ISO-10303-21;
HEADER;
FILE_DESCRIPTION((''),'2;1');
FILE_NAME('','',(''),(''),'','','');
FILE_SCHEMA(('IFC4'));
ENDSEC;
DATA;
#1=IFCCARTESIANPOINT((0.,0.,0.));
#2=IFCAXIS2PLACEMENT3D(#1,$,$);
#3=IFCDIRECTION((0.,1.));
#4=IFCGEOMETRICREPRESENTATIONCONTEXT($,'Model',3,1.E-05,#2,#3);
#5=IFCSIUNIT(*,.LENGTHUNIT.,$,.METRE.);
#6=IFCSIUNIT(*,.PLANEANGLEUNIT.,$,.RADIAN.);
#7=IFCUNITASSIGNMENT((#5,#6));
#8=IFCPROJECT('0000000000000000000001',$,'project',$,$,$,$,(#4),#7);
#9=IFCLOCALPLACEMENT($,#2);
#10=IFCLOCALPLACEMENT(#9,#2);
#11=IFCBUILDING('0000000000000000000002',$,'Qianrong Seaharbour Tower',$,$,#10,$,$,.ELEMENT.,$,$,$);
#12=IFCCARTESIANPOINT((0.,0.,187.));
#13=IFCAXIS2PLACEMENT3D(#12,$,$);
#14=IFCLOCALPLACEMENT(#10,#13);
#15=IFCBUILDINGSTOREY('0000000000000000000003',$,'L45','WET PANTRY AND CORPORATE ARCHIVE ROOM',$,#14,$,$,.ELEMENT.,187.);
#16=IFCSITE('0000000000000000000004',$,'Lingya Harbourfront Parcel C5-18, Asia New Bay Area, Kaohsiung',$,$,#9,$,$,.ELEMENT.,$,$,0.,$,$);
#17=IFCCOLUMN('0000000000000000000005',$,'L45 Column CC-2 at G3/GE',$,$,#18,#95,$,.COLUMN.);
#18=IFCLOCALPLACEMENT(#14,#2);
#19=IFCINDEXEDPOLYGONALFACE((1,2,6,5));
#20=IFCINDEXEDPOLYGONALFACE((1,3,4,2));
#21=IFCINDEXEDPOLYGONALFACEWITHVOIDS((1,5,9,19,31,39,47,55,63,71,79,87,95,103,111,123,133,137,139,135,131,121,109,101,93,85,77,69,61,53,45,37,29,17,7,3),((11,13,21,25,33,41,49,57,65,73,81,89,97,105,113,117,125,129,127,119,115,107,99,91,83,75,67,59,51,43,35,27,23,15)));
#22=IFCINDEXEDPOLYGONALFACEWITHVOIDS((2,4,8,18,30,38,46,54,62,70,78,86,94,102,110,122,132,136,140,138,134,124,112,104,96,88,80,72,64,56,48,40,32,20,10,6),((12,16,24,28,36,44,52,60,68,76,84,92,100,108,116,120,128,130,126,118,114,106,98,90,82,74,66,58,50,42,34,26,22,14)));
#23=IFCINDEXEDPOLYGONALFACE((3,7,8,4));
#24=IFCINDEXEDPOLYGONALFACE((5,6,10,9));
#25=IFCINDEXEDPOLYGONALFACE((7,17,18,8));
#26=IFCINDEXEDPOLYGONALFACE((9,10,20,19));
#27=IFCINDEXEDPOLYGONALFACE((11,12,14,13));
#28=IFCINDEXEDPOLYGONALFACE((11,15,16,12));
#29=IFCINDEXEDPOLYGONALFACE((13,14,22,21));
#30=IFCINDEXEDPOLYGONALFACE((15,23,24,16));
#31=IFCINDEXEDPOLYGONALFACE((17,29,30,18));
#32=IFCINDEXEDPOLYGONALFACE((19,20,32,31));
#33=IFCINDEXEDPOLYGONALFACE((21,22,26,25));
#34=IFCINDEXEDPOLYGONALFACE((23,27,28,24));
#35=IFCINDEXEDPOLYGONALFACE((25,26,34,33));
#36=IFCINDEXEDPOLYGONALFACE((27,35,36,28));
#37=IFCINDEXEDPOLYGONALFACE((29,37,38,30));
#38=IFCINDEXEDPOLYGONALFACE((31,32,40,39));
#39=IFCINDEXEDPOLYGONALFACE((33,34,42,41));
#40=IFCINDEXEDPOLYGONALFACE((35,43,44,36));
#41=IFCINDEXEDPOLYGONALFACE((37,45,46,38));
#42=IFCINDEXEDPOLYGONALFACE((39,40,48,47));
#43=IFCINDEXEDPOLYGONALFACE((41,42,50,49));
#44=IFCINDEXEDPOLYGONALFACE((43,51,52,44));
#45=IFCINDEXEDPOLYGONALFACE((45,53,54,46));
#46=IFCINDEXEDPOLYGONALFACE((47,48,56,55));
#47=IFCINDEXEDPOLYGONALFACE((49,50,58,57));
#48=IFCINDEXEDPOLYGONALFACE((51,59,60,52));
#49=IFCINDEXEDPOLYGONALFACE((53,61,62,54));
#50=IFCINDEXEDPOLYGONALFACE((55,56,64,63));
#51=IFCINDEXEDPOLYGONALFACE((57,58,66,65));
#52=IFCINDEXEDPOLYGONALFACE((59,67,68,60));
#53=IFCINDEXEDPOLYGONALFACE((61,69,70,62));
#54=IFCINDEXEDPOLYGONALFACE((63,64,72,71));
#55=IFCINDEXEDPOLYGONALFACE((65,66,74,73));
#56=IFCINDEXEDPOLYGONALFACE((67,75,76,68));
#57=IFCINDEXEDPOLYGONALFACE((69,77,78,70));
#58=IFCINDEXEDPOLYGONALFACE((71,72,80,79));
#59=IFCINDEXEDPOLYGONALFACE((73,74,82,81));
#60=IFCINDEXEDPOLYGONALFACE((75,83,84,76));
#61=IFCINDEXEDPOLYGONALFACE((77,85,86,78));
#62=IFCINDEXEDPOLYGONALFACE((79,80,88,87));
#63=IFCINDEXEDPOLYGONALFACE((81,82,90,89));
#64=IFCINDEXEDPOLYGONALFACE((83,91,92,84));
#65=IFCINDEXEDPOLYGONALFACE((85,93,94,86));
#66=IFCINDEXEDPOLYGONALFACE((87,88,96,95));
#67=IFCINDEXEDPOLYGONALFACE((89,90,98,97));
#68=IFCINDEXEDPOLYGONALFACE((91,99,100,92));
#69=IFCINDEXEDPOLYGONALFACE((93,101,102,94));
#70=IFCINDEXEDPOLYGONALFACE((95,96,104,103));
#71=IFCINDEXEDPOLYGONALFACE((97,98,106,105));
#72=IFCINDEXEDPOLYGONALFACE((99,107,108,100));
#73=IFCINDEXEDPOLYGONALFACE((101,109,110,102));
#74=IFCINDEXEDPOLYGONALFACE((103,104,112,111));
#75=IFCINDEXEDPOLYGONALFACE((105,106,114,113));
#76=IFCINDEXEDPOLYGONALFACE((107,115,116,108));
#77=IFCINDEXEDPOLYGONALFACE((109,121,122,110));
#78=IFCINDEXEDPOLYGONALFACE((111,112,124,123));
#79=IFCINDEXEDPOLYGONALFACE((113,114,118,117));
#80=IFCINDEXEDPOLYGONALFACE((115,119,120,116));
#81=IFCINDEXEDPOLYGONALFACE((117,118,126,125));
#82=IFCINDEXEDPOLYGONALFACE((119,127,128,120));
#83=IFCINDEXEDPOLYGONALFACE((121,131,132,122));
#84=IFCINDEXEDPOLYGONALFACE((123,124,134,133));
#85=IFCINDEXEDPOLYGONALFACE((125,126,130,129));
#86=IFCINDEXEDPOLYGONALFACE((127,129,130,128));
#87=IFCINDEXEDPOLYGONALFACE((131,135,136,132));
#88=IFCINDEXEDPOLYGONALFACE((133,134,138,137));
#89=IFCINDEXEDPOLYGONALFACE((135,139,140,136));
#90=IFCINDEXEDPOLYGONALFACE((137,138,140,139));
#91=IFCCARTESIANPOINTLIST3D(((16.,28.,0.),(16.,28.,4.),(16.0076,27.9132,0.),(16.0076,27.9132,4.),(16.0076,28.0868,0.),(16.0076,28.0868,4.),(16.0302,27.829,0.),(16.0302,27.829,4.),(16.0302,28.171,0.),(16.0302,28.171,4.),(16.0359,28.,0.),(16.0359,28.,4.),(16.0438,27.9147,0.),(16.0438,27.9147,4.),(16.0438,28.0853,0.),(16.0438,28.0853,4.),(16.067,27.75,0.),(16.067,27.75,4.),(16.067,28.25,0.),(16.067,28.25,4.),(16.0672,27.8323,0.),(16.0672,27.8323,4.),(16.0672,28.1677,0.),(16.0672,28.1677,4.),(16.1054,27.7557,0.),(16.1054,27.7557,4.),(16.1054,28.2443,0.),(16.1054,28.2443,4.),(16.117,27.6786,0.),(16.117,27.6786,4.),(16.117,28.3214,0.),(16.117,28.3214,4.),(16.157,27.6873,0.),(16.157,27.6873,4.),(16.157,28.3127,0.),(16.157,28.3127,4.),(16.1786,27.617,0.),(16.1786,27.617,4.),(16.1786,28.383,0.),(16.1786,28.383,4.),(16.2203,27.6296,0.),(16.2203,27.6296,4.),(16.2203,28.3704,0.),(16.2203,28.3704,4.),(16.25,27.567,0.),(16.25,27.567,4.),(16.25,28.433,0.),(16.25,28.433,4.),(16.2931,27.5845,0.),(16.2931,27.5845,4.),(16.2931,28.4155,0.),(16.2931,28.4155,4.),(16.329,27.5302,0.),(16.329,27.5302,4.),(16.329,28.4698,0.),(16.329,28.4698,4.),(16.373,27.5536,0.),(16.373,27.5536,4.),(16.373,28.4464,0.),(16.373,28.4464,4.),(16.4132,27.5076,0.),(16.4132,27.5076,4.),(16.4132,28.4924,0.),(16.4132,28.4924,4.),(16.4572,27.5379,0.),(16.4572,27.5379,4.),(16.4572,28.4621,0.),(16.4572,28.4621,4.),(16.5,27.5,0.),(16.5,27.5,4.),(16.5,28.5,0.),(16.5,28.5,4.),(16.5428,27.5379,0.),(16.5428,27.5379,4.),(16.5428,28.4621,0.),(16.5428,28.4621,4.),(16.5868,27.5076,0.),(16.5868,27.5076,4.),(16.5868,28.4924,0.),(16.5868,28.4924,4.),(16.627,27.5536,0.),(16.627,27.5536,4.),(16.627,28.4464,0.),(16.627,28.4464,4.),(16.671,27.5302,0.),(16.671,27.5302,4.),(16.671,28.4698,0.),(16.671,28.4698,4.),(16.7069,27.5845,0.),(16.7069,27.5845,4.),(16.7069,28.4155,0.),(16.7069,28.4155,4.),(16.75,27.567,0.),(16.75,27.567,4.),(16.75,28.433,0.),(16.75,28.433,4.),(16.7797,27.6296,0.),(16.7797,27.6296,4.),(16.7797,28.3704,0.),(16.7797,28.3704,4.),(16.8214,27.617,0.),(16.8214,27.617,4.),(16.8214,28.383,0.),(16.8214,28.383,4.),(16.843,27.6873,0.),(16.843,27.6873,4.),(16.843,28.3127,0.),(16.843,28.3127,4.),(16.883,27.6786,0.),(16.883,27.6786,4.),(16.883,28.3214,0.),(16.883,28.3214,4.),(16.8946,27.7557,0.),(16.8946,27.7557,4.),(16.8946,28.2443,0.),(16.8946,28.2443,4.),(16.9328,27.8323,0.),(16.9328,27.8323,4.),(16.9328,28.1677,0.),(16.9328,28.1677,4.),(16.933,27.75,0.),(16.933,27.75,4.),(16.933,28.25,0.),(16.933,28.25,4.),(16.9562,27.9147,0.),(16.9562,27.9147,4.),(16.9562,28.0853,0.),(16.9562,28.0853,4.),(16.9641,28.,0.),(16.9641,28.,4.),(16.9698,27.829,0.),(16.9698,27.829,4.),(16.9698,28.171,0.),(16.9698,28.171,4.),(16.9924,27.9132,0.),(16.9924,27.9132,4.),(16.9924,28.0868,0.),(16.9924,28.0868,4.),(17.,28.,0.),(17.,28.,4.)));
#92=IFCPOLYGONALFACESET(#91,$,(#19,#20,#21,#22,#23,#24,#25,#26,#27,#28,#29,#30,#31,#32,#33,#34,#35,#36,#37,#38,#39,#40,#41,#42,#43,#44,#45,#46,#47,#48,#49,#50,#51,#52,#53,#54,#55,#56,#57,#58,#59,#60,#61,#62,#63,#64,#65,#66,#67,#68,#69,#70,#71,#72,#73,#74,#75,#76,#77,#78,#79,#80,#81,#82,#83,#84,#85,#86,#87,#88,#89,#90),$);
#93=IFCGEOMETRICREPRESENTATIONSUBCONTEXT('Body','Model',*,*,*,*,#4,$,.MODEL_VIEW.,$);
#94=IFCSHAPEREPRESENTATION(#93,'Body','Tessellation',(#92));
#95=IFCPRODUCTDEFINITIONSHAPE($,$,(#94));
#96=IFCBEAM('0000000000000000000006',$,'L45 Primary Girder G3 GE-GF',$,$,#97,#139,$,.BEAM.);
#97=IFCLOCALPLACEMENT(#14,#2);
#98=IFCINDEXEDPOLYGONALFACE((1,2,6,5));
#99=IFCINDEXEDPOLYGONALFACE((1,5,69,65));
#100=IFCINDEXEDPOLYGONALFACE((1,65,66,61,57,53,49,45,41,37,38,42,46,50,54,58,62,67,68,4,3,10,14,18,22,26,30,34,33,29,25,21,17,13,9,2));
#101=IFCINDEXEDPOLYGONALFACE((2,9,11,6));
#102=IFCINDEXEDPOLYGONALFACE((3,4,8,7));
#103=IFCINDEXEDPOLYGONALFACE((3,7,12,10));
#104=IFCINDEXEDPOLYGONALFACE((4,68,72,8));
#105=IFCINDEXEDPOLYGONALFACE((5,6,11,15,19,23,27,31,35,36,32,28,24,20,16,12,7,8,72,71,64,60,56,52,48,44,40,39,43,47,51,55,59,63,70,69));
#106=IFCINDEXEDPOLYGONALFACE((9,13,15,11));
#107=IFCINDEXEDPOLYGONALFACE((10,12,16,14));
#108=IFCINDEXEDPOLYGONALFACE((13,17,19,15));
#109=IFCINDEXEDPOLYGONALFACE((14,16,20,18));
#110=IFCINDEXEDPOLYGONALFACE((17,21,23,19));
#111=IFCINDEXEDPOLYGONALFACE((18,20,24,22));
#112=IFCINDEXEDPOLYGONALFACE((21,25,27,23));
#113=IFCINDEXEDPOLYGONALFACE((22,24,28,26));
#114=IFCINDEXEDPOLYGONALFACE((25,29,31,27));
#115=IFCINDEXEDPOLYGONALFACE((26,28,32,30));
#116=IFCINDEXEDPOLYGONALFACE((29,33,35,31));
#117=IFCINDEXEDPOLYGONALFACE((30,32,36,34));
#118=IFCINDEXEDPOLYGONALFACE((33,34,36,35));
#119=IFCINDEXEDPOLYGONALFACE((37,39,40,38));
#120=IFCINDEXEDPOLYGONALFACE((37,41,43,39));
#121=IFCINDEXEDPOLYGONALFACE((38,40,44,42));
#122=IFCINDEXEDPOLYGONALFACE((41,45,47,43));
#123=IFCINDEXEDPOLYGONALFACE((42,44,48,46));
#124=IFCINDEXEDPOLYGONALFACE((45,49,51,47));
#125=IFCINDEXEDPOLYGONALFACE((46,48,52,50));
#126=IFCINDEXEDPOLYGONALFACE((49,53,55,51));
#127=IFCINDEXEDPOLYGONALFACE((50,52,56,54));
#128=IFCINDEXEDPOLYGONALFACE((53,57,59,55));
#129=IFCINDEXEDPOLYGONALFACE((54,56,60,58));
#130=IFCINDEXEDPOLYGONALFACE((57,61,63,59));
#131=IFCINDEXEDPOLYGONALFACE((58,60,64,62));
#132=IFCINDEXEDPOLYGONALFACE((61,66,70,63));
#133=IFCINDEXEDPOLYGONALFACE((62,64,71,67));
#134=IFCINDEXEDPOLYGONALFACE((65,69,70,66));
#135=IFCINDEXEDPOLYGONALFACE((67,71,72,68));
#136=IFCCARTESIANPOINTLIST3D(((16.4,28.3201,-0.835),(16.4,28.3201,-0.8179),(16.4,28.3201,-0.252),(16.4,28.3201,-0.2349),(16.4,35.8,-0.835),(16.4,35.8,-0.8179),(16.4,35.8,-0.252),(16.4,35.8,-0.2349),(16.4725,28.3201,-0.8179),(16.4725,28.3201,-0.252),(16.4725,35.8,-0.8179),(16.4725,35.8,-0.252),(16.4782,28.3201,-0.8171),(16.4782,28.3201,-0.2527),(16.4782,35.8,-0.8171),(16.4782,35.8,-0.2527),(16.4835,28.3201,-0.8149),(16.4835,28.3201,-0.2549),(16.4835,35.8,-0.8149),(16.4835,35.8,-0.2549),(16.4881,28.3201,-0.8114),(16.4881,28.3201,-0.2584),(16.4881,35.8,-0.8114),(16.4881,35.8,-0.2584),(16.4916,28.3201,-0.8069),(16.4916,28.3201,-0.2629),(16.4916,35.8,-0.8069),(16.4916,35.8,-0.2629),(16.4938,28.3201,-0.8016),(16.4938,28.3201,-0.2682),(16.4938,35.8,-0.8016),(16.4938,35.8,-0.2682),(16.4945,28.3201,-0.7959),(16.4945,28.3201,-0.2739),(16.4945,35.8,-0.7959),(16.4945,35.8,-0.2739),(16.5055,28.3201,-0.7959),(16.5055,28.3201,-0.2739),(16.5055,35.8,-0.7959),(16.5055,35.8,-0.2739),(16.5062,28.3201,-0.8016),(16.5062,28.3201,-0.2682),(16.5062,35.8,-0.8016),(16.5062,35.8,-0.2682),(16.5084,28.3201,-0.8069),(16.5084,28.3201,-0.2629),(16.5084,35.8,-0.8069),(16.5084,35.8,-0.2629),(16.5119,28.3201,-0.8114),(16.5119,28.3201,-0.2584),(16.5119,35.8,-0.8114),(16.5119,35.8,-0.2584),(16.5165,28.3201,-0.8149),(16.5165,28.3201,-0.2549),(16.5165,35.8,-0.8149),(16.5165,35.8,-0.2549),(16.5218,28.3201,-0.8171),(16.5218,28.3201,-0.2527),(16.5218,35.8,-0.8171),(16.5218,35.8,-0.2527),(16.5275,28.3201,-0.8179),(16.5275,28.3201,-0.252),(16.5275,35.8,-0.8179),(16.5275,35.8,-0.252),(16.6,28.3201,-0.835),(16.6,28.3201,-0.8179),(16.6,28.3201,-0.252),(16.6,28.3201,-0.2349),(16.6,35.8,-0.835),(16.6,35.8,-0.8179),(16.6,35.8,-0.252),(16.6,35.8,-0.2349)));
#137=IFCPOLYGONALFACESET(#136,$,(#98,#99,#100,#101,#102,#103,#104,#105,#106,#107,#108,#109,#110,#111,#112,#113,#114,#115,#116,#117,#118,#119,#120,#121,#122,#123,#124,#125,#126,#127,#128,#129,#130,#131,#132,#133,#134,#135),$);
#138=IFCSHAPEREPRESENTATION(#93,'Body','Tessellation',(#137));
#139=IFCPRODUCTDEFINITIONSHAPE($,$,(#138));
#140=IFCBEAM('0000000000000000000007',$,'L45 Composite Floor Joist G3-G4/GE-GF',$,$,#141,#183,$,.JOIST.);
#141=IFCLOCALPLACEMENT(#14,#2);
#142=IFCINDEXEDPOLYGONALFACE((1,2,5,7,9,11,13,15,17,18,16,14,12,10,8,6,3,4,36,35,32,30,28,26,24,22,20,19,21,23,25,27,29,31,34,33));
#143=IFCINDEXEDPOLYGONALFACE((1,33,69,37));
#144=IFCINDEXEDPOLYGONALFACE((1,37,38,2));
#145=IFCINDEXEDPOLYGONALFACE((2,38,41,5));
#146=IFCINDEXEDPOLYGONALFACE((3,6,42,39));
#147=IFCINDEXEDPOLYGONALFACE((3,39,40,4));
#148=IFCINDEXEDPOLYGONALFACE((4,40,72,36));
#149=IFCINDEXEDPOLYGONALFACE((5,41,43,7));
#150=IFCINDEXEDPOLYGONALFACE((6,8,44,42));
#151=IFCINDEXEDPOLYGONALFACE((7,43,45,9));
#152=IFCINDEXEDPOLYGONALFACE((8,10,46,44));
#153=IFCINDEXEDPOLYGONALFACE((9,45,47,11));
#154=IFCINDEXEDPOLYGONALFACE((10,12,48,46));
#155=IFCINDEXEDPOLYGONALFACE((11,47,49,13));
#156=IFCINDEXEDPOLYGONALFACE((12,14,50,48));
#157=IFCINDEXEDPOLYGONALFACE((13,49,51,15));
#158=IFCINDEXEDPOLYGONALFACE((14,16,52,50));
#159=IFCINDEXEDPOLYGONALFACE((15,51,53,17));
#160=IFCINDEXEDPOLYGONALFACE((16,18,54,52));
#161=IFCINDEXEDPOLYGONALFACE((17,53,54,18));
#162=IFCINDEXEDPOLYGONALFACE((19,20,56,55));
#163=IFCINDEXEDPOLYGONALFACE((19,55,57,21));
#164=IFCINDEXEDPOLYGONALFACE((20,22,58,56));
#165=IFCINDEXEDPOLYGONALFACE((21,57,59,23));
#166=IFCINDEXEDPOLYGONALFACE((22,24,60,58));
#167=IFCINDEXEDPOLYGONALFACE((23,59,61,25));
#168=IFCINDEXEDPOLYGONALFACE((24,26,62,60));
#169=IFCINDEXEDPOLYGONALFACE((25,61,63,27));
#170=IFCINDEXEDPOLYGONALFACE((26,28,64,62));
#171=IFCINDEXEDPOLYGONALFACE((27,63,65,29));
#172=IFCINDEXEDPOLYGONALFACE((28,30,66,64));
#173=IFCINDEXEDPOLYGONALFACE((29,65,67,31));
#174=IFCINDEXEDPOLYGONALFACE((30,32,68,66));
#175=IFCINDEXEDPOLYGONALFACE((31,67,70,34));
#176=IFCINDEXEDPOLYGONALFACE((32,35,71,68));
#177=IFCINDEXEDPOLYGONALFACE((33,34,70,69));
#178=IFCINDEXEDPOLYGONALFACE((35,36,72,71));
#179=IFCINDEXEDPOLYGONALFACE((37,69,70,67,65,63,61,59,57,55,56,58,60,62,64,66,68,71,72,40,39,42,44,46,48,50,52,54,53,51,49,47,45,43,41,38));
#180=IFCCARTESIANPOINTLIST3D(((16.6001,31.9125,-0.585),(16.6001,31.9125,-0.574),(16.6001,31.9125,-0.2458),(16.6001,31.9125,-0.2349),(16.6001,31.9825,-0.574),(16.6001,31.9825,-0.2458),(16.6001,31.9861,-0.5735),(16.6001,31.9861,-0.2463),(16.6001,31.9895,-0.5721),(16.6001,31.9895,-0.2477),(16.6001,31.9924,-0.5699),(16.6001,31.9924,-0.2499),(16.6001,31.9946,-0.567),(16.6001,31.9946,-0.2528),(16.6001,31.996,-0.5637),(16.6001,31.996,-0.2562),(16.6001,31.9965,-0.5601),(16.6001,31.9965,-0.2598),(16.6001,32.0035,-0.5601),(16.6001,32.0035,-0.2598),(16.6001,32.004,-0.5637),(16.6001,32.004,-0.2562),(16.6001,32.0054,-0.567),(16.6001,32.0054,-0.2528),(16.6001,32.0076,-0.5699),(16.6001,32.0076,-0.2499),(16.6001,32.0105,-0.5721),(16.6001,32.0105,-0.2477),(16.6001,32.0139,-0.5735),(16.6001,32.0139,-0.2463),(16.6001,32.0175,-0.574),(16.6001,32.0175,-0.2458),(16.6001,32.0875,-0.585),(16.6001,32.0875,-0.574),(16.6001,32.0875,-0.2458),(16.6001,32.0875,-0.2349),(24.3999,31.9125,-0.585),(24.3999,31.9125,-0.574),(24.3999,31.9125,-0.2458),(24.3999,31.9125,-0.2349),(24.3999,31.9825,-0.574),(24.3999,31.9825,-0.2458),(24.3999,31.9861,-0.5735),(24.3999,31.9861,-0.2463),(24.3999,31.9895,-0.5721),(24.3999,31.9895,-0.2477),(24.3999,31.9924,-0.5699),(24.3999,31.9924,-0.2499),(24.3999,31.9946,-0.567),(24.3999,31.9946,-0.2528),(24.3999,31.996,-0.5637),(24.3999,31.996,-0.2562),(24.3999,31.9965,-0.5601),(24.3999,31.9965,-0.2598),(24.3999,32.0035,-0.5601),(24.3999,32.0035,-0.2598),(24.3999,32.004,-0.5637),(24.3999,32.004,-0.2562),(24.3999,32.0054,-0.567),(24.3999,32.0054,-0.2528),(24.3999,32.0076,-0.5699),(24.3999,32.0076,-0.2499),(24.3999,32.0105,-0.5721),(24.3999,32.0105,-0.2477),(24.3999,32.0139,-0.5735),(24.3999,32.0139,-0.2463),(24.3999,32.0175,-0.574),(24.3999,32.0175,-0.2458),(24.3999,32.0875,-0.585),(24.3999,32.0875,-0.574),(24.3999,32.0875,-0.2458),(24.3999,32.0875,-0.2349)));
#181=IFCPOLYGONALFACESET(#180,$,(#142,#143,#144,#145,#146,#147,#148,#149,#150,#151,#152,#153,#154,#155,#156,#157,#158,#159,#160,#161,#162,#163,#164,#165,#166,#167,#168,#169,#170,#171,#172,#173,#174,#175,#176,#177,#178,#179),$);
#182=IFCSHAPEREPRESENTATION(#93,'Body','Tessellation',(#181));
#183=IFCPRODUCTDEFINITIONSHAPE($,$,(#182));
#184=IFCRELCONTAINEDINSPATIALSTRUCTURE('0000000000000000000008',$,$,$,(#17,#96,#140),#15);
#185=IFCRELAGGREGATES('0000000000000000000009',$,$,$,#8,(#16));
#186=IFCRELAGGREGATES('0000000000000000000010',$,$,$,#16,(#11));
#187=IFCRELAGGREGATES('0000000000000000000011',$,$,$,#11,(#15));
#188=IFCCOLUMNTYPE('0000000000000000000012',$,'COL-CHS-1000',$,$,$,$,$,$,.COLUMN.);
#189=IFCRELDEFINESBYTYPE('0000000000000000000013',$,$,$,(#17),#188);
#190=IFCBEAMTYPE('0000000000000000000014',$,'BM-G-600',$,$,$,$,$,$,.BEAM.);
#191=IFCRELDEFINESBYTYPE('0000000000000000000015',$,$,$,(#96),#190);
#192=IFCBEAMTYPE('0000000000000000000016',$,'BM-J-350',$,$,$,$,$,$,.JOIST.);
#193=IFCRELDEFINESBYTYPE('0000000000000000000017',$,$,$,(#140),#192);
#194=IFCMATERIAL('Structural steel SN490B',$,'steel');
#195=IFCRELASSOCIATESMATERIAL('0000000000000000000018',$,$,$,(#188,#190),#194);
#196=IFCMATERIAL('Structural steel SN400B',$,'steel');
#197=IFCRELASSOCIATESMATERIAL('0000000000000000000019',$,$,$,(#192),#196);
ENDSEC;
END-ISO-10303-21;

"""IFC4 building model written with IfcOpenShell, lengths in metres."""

from ifc_helpers import new_model, si_unit, direction, frame, origin, origin_2d, place, context, subcontext, project, spatial, hollow_circle, i_section, extrude, material, material_profile, profile_set, type_object, element, save


model = new_model("IFC4")

# Units and contexts
model_context = context("Model", 3, precision=1e-05, world=origin(), true_north=direction((0.0, 1.0)))
body_context = subcontext(model_context, "Body", "Model", "MODEL_VIEW")
ifc_project = project(units=[si_unit("LENGTHUNIT", "METRE"), si_unit("PLANEANGLEUNIT", "RADIAN")], contexts=[model_context])

# Site, building, storey
site_placement = place(None, origin())
site = spatial("IfcSite", under=ifc_project, at=site_placement, Name="Lingya Harbourfront Parcel C5-18, Asia New Bay Area, Kaohsiung", CompositionType="ELEMENT", RefElevation=0.0)
building_placement = place(site_placement, origin())
building = spatial("IfcBuilding", under=site, at=building_placement, Name="Qianrong Seaharbour Tower", CompositionType="ELEMENT")
storey_placement = place(building_placement, frame((0.0, 0.0, 187.0)))
storey = spatial("IfcBuildingStorey", under=building, at=storey_placement, Name="L45", Description="WET PANTRY AND CORPORATE ARCHIVE ROOM", CompositionType="ELEMENT", Elevation=187.0)

# Column
ifc_material_1 = material(Name="Structural steel SN490B", Category="steel")
ifc_material_profile_1 = material_profile(ifc_material_1, hollow_circle(Radius=0.5, WallThickness=0.0359, at=origin_2d()), Name="CHS1000x36")
ifc_profile_set_1 = profile_set([ifc_material_profile_1], Name="Structural steel SN490B")
column_type = type_object("IfcColumnType", Name="COL-CHS-1000", PredefinedType="COLUMN", material=ifc_profile_set_1)
column_placement = place(storey_placement, frame((16.5, 28.0, 0.0), z_axis=(0.0, 0.0, 1.0), x_axis=(1.0, 0.0, 0.0)))
element("IfcColumn", 1, at=column_placement, inside=storey, type_object=column_type, Name="L45 Column CC-2 at G3/GE", PredefinedType="COLUMN", context=body_context, shape_type="SweptSolid", body=[
    extrude(hollow_circle(Radius=0.5, WallThickness=0.0359, at=origin_2d()), origin(), (0.0, 0.0, 1.0), 4.0),
])

# Beams
ifc_material_profile_2 = material_profile(ifc_material_1, i_section(OverallWidth=0.2, OverallDepth=0.6001, WebThickness=0.011, FlangeThickness=0.0171, FilletRadius=0.022, at=origin_2d()), Name="H600x200x11x17")
ifc_profile_set_2 = profile_set([ifc_material_profile_2], Name="Structural steel SN490B")
beam_type_1 = type_object("IfcBeamType", Name="BM-G-600", PredefinedType="BEAM", material=ifc_profile_set_2)
beam_1_placement = place(storey_placement, frame((16.5, 28.3201, -0.5349), z_axis=(0.0, 1.0, 0.0), x_axis=(-1.0, 0.0, 0.0)))
element("IfcBeam", 2, at=beam_1_placement, inside=storey, type_object=beam_type_1, Name="L45 Primary Girder G3 GE-GF", PredefinedType="BEAM", context=body_context, shape_type="SweptSolid", body=[
    extrude(i_section(OverallWidth=0.2, OverallDepth=0.6001, WebThickness=0.011, FlangeThickness=0.0171, FilletRadius=0.022, at=origin_2d()), origin(), (0.0, 0.0, 1.0), 7.48),
])
ifc_material_2 = material(Name="Structural steel SN400B", Category="steel")
ifc_material_profile_3 = material_profile(ifc_material_2, i_section(OverallWidth=0.175, OverallDepth=0.3501, WebThickness=0.0071, FlangeThickness=0.011, FilletRadius=0.0139, at=origin_2d()), Name="H350x175x7x11")
ifc_profile_set_3 = profile_set([ifc_material_profile_3], Name="Structural steel SN400B")
beam_type_2 = type_object("IfcBeamType", Name="BM-J-350", PredefinedType="JOIST", material=ifc_profile_set_3)
beam_2_placement = place(storey_placement, frame((16.6001, 32.0, -0.4099), z_axis=(1.0, 0.0, 0.0), x_axis=(0.0, 1.0, 0.0)))
element("IfcBeam", 3, at=beam_2_placement, inside=storey, type_object=beam_type_2, Name="L45 Composite Floor Joist G3-G4/GE-GF", PredefinedType="JOIST", context=body_context, shape_type="SweptSolid", body=[
    extrude(i_section(OverallWidth=0.175, OverallDepth=0.3501, WebThickness=0.0071, FlangeThickness=0.011, FilletRadius=0.0139, at=origin_2d()), origin(), (0.0, 0.0, 1.0), 7.7998),
])

save(model, "model.ifc")
